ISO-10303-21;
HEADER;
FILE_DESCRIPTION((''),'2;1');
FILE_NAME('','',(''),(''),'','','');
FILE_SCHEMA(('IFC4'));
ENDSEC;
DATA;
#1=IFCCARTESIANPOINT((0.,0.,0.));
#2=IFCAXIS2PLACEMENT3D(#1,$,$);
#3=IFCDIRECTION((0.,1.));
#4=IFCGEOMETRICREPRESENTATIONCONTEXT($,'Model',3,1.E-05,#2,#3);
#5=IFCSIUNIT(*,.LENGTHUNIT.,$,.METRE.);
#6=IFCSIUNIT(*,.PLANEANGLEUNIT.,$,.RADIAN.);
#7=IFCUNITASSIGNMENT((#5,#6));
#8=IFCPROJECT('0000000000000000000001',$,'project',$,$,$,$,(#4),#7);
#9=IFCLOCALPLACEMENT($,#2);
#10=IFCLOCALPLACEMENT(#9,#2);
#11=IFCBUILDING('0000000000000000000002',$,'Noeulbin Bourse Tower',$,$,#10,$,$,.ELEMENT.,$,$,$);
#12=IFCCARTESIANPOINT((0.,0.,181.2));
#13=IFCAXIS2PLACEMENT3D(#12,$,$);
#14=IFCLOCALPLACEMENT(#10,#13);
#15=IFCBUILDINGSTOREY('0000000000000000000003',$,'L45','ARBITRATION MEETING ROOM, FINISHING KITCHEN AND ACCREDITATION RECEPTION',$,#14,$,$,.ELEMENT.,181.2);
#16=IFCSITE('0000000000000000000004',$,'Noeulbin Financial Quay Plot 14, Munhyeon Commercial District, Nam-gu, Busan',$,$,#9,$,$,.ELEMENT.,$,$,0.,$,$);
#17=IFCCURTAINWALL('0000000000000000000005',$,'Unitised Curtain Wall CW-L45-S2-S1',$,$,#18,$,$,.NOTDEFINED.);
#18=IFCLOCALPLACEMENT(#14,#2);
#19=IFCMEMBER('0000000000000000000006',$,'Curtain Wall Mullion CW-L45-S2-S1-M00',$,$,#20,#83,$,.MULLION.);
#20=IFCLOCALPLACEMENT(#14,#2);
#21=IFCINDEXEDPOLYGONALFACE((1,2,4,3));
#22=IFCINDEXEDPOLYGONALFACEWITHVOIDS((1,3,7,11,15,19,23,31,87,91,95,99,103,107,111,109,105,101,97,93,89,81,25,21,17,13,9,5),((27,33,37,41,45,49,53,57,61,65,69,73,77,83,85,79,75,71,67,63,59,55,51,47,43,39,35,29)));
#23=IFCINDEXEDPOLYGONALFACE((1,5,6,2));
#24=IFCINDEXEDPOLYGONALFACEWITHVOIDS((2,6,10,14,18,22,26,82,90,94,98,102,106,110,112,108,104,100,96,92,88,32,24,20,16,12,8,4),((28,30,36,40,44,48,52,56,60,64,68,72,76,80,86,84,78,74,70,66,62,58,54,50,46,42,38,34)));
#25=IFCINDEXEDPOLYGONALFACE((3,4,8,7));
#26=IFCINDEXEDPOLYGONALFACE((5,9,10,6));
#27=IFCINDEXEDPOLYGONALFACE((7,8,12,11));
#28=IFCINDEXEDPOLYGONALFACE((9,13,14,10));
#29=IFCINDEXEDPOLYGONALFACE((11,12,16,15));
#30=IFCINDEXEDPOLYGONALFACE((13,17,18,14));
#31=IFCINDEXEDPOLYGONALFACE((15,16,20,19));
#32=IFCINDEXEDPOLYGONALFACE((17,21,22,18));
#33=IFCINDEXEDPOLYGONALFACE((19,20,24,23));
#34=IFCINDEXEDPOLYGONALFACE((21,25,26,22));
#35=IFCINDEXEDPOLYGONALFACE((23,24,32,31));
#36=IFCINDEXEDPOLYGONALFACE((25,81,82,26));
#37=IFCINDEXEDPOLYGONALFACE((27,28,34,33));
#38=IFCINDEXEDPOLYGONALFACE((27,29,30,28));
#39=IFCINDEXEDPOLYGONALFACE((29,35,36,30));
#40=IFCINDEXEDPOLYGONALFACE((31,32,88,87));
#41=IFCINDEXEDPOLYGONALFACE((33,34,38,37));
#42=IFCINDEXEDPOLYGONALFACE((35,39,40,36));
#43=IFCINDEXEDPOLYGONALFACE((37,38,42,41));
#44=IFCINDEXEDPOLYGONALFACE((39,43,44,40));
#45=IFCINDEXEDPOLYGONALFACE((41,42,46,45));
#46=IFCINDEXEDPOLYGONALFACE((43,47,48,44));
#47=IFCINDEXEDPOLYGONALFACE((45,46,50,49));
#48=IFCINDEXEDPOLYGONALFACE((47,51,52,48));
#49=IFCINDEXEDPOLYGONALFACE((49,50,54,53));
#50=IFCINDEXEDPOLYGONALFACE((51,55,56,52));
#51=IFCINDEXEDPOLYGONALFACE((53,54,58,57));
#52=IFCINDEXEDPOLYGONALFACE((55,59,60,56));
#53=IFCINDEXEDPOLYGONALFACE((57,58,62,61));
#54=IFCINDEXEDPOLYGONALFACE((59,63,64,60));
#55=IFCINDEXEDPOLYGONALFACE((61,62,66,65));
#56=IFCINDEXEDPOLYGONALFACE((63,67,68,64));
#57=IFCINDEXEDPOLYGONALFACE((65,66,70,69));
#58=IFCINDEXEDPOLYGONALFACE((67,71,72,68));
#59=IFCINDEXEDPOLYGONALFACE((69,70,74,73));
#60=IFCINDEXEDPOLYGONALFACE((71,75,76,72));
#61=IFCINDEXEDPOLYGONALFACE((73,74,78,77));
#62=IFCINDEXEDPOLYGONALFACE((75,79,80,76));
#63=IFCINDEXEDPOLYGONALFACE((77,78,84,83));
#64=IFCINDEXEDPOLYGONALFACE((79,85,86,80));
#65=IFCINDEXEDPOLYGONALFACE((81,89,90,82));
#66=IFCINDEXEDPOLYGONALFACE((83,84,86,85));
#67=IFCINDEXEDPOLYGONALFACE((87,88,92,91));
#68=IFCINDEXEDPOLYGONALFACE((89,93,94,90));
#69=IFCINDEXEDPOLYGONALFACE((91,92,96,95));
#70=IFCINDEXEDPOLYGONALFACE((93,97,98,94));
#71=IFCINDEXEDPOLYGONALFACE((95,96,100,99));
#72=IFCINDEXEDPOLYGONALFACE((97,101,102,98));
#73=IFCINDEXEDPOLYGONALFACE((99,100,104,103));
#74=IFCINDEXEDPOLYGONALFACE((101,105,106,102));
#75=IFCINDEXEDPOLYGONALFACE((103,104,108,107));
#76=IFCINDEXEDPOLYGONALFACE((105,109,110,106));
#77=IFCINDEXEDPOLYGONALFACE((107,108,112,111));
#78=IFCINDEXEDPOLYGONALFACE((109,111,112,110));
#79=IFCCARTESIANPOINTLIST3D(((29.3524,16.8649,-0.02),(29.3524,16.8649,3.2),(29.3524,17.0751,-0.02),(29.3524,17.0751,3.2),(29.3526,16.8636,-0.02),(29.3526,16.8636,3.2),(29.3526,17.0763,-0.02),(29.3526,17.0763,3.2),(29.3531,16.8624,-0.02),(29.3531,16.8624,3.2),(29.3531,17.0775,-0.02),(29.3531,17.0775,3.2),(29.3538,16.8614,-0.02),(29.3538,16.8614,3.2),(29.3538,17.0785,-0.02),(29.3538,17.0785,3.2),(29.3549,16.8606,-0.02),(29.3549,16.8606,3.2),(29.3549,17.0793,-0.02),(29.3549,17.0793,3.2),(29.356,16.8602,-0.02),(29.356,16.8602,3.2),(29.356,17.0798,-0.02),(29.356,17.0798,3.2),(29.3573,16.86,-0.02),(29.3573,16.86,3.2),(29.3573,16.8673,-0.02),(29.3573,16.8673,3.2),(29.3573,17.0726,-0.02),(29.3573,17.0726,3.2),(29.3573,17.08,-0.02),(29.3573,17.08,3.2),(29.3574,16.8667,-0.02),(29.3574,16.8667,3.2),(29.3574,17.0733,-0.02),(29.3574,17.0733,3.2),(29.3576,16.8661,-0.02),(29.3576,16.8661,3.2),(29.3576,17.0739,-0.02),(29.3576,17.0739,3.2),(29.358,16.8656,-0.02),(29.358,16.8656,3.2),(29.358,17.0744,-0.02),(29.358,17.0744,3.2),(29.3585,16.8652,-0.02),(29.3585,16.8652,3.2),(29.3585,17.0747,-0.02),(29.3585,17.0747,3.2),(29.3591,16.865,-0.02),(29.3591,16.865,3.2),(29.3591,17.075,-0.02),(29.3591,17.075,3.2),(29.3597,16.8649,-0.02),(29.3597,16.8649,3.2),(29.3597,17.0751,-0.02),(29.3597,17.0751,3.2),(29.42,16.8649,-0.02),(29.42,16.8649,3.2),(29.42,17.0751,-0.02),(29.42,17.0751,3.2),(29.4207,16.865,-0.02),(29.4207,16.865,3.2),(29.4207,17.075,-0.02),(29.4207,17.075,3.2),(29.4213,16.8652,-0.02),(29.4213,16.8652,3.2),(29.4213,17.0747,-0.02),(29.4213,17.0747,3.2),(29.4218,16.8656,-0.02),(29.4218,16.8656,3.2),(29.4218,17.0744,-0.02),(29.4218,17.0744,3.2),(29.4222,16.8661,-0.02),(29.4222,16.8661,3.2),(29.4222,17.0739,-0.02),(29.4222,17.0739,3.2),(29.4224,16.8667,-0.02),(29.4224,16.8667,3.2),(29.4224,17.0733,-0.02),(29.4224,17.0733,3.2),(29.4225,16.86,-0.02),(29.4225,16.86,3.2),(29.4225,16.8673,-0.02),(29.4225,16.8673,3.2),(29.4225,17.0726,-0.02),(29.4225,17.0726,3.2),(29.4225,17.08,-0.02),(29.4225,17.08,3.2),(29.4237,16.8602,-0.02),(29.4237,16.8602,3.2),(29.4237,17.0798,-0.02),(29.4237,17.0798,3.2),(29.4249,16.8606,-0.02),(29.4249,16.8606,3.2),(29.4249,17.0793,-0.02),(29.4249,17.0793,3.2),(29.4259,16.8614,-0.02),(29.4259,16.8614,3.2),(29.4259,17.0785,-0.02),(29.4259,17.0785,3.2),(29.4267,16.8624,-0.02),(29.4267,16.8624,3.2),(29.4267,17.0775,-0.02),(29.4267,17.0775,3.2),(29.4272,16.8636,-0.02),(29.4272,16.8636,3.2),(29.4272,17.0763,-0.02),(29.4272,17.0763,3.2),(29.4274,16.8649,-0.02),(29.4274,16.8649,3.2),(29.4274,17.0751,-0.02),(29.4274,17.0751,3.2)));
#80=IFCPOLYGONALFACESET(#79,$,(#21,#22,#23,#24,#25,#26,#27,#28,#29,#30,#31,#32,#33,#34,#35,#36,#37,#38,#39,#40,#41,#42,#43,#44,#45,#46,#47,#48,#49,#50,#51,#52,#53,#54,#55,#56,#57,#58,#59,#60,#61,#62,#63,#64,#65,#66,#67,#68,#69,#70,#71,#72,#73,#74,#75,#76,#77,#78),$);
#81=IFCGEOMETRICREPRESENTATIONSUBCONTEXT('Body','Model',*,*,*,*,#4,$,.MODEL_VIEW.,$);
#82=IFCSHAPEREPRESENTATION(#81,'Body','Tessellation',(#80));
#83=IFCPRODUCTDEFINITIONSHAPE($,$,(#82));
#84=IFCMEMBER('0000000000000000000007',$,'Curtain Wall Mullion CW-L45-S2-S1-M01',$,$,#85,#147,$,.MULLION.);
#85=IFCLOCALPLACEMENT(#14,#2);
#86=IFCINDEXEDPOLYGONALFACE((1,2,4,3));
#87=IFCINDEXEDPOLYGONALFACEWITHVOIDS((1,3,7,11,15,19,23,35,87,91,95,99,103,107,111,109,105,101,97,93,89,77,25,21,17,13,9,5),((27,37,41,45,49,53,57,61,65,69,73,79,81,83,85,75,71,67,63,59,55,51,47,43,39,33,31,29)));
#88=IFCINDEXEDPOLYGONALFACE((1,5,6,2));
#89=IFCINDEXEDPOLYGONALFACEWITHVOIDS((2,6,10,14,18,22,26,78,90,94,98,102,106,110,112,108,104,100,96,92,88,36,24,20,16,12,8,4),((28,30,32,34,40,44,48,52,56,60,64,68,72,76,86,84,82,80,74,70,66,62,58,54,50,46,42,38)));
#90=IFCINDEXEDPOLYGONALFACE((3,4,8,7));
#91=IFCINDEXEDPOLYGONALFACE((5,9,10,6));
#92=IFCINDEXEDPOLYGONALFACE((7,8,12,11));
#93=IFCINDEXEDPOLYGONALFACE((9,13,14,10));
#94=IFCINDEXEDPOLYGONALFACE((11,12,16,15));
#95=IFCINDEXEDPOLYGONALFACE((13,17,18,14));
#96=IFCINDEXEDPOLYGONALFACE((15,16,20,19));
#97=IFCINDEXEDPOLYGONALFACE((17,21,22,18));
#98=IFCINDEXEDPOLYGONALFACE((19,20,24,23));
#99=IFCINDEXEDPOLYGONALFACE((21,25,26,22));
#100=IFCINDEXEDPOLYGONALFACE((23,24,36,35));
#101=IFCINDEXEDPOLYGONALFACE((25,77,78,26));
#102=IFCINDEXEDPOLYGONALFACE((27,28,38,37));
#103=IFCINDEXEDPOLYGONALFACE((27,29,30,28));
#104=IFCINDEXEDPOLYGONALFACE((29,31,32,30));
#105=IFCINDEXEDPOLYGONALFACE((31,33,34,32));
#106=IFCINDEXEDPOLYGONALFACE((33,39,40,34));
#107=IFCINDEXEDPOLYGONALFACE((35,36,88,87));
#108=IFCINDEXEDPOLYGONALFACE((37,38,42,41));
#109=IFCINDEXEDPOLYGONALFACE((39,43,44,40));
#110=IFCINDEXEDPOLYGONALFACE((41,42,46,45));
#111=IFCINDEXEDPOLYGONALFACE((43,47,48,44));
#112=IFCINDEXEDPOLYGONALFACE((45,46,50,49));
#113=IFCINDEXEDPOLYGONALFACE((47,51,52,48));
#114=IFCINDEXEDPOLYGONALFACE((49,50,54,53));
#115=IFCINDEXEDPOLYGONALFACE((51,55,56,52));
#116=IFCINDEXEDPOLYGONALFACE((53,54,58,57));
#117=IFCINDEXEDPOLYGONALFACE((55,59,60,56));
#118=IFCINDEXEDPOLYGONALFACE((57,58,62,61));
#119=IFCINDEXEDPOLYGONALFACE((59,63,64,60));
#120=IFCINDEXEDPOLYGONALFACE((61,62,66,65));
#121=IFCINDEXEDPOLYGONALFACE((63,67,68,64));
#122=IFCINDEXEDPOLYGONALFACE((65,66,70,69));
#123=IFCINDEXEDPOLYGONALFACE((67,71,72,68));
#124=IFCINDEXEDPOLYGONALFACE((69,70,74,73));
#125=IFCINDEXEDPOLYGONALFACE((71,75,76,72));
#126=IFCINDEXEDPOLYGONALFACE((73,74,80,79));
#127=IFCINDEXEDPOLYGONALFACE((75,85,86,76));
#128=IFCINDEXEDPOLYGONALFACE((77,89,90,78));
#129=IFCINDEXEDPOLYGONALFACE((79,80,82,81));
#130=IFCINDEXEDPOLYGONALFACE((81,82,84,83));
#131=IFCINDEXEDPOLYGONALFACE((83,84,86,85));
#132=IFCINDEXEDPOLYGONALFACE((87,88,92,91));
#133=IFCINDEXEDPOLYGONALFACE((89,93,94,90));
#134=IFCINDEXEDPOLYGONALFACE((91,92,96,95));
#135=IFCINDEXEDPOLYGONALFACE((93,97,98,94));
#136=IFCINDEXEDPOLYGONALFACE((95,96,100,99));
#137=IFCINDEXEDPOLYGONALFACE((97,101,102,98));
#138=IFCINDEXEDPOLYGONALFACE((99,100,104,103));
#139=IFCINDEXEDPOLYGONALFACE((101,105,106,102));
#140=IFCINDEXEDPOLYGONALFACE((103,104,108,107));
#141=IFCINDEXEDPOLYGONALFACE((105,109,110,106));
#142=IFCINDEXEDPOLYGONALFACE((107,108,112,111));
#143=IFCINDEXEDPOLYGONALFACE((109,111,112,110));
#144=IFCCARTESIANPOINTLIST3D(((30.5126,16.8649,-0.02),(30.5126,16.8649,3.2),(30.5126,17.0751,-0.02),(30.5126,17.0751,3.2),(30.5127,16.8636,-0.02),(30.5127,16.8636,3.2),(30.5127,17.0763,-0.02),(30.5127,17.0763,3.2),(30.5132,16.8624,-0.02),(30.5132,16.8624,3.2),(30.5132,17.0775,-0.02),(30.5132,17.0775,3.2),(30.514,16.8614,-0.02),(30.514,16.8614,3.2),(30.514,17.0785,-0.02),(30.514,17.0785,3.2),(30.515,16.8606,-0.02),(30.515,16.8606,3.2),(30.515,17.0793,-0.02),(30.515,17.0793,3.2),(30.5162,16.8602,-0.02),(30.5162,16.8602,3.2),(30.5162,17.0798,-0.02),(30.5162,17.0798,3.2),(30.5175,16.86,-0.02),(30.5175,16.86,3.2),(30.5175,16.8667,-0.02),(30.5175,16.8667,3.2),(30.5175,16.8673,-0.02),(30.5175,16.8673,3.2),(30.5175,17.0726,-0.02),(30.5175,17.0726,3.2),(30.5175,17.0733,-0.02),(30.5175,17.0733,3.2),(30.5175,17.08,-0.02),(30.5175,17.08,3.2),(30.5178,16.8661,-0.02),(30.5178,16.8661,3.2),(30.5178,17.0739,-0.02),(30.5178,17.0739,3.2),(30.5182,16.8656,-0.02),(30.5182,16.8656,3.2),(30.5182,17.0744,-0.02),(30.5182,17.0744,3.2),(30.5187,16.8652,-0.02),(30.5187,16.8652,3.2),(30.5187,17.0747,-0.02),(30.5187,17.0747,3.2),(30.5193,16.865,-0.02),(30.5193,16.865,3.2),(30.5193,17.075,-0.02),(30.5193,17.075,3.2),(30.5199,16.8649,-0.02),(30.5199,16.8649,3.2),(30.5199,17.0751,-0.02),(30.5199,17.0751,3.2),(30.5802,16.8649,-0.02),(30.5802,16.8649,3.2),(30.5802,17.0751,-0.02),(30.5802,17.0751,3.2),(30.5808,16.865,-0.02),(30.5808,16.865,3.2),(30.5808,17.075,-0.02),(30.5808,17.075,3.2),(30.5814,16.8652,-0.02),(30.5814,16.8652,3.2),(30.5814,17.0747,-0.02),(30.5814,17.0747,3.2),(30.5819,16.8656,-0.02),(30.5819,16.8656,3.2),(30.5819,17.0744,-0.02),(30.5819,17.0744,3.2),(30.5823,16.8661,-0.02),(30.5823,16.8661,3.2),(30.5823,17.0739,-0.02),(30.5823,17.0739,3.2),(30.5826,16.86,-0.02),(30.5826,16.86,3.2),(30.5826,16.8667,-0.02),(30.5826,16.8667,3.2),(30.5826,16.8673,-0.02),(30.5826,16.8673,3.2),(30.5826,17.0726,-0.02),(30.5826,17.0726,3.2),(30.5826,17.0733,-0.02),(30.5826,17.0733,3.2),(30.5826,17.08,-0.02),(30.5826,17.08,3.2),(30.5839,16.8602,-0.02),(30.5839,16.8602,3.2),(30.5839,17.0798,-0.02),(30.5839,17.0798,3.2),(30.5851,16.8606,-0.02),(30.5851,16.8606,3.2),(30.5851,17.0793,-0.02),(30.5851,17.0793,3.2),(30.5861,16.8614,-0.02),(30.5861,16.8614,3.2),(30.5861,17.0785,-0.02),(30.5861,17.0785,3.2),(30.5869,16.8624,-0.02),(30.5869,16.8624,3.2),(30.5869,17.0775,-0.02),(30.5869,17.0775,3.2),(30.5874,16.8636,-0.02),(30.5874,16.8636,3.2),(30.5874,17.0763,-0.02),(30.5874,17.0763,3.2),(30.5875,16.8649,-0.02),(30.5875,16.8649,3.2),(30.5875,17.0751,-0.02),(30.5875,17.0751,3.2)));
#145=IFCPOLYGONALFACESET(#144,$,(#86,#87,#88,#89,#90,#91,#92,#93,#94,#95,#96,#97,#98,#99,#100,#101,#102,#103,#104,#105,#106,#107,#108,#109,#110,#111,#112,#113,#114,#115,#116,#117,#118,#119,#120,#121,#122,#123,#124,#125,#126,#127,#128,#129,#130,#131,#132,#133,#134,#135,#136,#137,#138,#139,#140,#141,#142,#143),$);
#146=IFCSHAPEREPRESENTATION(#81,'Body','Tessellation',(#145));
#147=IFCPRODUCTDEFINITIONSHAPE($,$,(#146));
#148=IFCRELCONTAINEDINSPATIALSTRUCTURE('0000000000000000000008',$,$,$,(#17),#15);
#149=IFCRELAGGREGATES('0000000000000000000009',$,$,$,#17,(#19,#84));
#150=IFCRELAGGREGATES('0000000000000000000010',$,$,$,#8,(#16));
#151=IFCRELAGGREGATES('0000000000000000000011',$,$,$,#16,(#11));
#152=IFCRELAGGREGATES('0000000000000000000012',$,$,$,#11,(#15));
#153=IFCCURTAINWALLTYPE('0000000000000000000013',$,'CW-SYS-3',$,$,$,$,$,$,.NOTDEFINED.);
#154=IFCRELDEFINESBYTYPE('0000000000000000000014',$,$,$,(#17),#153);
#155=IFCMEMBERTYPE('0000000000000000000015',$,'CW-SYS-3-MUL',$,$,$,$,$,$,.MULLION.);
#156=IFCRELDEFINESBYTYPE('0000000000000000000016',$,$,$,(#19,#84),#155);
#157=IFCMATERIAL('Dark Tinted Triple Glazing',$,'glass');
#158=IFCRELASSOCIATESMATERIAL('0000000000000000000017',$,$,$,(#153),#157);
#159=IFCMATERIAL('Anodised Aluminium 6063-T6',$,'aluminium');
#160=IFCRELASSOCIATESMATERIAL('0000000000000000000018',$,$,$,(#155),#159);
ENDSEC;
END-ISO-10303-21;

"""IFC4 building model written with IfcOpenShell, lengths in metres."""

from ifc_helpers import new_model, si_unit, direction, frame, origin, origin_2d, place, context, subcontext, project, spatial, hollow_rectangle, extrude, material, material_profile, profile_set, type_object, element, aggregate, save


model = new_model("IFC4")

# Units and contexts
model_context = context("Model", 3, precision=1e-05, world=origin(), true_north=direction((0.0, 1.0)))
body_context = subcontext(model_context, "Body", "Model", "MODEL_VIEW")
ifc_project = project(units=[si_unit("LENGTHUNIT", "METRE"), si_unit("PLANEANGLEUNIT", "RADIAN")], contexts=[model_context])

# Site, building, storey
site_placement = place(None, origin())
site = spatial("IfcSite", under=ifc_project, at=site_placement, Name="Noeulbin Financial Quay Plot 14, Munhyeon Commercial District, Nam-gu, Busan", CompositionType="ELEMENT", RefElevation=0.0)
building_placement = place(site_placement, origin())
building = spatial("IfcBuilding", under=site, at=building_placement, Name="Noeulbin Bourse Tower", CompositionType="ELEMENT")
storey_placement = place(building_placement, frame((0.0, 0.0, 181.2)))
storey = spatial("IfcBuildingStorey", under=building, at=storey_placement, Name="L45", Description="ARBITRATION MEETING ROOM, FINISHING KITCHEN AND ACCREDITATION RECEPTION", CompositionType="ELEMENT", Elevation=181.2)

# Shared definitions
ifc_material_1 = material(Name="Dark Tinted Triple Glazing", Category="glass")
curtain_wall_type = type_object("IfcCurtainWallType", Name="CW-SYS-3", PredefinedType="NOTDEFINED", material=ifc_material_1)
ifc_material_2 = material(Name="Anodised Aluminium 6063-T6", Category="aluminium")
ifc_material_profile_1 = material_profile(ifc_material_2, hollow_rectangle(XDim=0.075, YDim=0.22, WallThickness=0.0049, InnerFilletRadius=0.0024, OuterFilletRadius=0.0049, at=origin_2d()), Name="ALU-MULL-75x220x5", Category="LoadBearing")
ifc_profile_set_1 = profile_set([ifc_material_profile_1], Name="Anodised Aluminium 6063-T6")
member_type_1 = type_object("IfcMemberType", Name="CW-SYS-3-MUL", PredefinedType="MULLION", material=ifc_profile_set_1)

# Curtain wall, members
curtain_wall_1_placement = place(storey_placement, origin())
curtain_wall_1 = element("IfcCurtainWall", 1, at=curtain_wall_1_placement, inside=storey, type_object=curtain_wall_type, Name="Unitised Curtain Wall CW-L45-S2-S1", PredefinedType="NOTDEFINED")
member_1_placement = place(storey_placement, frame((29.3899, 16.97, -0.02), z_axis=(0.0, 0.0, 1.0), x_axis=(1.0, 0.0, 0.0)))
member_1 = element("IfcMember", 2, at=member_1_placement, type_object=member_type_1, Name="Curtain Wall Mullion CW-L45-S2-S1-M00", PredefinedType="MULLION", context=body_context, shape_type="SweptSolid", body=[
    extrude(hollow_rectangle(XDim=0.075, YDim=0.22, WallThickness=0.0049, InnerFilletRadius=0.0024, OuterFilletRadius=0.0049, at=origin_2d()), origin(), (0.0, 0.0, 1.0), 3.22),
])
member_2_placement = place(storey_placement, frame((30.55, 16.97, -0.02), z_axis=(0.0, 0.0, 1.0), x_axis=(1.0, 0.0, 0.0)))
member_2 = element("IfcMember", 3, at=member_2_placement, type_object=member_type_1, Name="Curtain Wall Mullion CW-L45-S2-S1-M01", PredefinedType="MULLION", context=body_context, shape_type="SweptSolid", body=[
    extrude(hollow_rectangle(XDim=0.075, YDim=0.22, WallThickness=0.0049, InnerFilletRadius=0.0024, OuterFilletRadius=0.0049, at=origin_2d()), origin(), (0.0, 0.0, 1.0), 3.22),
])

aggregate(curtain_wall_1, [member_1, member_2])

save(model, "model.ifc")
